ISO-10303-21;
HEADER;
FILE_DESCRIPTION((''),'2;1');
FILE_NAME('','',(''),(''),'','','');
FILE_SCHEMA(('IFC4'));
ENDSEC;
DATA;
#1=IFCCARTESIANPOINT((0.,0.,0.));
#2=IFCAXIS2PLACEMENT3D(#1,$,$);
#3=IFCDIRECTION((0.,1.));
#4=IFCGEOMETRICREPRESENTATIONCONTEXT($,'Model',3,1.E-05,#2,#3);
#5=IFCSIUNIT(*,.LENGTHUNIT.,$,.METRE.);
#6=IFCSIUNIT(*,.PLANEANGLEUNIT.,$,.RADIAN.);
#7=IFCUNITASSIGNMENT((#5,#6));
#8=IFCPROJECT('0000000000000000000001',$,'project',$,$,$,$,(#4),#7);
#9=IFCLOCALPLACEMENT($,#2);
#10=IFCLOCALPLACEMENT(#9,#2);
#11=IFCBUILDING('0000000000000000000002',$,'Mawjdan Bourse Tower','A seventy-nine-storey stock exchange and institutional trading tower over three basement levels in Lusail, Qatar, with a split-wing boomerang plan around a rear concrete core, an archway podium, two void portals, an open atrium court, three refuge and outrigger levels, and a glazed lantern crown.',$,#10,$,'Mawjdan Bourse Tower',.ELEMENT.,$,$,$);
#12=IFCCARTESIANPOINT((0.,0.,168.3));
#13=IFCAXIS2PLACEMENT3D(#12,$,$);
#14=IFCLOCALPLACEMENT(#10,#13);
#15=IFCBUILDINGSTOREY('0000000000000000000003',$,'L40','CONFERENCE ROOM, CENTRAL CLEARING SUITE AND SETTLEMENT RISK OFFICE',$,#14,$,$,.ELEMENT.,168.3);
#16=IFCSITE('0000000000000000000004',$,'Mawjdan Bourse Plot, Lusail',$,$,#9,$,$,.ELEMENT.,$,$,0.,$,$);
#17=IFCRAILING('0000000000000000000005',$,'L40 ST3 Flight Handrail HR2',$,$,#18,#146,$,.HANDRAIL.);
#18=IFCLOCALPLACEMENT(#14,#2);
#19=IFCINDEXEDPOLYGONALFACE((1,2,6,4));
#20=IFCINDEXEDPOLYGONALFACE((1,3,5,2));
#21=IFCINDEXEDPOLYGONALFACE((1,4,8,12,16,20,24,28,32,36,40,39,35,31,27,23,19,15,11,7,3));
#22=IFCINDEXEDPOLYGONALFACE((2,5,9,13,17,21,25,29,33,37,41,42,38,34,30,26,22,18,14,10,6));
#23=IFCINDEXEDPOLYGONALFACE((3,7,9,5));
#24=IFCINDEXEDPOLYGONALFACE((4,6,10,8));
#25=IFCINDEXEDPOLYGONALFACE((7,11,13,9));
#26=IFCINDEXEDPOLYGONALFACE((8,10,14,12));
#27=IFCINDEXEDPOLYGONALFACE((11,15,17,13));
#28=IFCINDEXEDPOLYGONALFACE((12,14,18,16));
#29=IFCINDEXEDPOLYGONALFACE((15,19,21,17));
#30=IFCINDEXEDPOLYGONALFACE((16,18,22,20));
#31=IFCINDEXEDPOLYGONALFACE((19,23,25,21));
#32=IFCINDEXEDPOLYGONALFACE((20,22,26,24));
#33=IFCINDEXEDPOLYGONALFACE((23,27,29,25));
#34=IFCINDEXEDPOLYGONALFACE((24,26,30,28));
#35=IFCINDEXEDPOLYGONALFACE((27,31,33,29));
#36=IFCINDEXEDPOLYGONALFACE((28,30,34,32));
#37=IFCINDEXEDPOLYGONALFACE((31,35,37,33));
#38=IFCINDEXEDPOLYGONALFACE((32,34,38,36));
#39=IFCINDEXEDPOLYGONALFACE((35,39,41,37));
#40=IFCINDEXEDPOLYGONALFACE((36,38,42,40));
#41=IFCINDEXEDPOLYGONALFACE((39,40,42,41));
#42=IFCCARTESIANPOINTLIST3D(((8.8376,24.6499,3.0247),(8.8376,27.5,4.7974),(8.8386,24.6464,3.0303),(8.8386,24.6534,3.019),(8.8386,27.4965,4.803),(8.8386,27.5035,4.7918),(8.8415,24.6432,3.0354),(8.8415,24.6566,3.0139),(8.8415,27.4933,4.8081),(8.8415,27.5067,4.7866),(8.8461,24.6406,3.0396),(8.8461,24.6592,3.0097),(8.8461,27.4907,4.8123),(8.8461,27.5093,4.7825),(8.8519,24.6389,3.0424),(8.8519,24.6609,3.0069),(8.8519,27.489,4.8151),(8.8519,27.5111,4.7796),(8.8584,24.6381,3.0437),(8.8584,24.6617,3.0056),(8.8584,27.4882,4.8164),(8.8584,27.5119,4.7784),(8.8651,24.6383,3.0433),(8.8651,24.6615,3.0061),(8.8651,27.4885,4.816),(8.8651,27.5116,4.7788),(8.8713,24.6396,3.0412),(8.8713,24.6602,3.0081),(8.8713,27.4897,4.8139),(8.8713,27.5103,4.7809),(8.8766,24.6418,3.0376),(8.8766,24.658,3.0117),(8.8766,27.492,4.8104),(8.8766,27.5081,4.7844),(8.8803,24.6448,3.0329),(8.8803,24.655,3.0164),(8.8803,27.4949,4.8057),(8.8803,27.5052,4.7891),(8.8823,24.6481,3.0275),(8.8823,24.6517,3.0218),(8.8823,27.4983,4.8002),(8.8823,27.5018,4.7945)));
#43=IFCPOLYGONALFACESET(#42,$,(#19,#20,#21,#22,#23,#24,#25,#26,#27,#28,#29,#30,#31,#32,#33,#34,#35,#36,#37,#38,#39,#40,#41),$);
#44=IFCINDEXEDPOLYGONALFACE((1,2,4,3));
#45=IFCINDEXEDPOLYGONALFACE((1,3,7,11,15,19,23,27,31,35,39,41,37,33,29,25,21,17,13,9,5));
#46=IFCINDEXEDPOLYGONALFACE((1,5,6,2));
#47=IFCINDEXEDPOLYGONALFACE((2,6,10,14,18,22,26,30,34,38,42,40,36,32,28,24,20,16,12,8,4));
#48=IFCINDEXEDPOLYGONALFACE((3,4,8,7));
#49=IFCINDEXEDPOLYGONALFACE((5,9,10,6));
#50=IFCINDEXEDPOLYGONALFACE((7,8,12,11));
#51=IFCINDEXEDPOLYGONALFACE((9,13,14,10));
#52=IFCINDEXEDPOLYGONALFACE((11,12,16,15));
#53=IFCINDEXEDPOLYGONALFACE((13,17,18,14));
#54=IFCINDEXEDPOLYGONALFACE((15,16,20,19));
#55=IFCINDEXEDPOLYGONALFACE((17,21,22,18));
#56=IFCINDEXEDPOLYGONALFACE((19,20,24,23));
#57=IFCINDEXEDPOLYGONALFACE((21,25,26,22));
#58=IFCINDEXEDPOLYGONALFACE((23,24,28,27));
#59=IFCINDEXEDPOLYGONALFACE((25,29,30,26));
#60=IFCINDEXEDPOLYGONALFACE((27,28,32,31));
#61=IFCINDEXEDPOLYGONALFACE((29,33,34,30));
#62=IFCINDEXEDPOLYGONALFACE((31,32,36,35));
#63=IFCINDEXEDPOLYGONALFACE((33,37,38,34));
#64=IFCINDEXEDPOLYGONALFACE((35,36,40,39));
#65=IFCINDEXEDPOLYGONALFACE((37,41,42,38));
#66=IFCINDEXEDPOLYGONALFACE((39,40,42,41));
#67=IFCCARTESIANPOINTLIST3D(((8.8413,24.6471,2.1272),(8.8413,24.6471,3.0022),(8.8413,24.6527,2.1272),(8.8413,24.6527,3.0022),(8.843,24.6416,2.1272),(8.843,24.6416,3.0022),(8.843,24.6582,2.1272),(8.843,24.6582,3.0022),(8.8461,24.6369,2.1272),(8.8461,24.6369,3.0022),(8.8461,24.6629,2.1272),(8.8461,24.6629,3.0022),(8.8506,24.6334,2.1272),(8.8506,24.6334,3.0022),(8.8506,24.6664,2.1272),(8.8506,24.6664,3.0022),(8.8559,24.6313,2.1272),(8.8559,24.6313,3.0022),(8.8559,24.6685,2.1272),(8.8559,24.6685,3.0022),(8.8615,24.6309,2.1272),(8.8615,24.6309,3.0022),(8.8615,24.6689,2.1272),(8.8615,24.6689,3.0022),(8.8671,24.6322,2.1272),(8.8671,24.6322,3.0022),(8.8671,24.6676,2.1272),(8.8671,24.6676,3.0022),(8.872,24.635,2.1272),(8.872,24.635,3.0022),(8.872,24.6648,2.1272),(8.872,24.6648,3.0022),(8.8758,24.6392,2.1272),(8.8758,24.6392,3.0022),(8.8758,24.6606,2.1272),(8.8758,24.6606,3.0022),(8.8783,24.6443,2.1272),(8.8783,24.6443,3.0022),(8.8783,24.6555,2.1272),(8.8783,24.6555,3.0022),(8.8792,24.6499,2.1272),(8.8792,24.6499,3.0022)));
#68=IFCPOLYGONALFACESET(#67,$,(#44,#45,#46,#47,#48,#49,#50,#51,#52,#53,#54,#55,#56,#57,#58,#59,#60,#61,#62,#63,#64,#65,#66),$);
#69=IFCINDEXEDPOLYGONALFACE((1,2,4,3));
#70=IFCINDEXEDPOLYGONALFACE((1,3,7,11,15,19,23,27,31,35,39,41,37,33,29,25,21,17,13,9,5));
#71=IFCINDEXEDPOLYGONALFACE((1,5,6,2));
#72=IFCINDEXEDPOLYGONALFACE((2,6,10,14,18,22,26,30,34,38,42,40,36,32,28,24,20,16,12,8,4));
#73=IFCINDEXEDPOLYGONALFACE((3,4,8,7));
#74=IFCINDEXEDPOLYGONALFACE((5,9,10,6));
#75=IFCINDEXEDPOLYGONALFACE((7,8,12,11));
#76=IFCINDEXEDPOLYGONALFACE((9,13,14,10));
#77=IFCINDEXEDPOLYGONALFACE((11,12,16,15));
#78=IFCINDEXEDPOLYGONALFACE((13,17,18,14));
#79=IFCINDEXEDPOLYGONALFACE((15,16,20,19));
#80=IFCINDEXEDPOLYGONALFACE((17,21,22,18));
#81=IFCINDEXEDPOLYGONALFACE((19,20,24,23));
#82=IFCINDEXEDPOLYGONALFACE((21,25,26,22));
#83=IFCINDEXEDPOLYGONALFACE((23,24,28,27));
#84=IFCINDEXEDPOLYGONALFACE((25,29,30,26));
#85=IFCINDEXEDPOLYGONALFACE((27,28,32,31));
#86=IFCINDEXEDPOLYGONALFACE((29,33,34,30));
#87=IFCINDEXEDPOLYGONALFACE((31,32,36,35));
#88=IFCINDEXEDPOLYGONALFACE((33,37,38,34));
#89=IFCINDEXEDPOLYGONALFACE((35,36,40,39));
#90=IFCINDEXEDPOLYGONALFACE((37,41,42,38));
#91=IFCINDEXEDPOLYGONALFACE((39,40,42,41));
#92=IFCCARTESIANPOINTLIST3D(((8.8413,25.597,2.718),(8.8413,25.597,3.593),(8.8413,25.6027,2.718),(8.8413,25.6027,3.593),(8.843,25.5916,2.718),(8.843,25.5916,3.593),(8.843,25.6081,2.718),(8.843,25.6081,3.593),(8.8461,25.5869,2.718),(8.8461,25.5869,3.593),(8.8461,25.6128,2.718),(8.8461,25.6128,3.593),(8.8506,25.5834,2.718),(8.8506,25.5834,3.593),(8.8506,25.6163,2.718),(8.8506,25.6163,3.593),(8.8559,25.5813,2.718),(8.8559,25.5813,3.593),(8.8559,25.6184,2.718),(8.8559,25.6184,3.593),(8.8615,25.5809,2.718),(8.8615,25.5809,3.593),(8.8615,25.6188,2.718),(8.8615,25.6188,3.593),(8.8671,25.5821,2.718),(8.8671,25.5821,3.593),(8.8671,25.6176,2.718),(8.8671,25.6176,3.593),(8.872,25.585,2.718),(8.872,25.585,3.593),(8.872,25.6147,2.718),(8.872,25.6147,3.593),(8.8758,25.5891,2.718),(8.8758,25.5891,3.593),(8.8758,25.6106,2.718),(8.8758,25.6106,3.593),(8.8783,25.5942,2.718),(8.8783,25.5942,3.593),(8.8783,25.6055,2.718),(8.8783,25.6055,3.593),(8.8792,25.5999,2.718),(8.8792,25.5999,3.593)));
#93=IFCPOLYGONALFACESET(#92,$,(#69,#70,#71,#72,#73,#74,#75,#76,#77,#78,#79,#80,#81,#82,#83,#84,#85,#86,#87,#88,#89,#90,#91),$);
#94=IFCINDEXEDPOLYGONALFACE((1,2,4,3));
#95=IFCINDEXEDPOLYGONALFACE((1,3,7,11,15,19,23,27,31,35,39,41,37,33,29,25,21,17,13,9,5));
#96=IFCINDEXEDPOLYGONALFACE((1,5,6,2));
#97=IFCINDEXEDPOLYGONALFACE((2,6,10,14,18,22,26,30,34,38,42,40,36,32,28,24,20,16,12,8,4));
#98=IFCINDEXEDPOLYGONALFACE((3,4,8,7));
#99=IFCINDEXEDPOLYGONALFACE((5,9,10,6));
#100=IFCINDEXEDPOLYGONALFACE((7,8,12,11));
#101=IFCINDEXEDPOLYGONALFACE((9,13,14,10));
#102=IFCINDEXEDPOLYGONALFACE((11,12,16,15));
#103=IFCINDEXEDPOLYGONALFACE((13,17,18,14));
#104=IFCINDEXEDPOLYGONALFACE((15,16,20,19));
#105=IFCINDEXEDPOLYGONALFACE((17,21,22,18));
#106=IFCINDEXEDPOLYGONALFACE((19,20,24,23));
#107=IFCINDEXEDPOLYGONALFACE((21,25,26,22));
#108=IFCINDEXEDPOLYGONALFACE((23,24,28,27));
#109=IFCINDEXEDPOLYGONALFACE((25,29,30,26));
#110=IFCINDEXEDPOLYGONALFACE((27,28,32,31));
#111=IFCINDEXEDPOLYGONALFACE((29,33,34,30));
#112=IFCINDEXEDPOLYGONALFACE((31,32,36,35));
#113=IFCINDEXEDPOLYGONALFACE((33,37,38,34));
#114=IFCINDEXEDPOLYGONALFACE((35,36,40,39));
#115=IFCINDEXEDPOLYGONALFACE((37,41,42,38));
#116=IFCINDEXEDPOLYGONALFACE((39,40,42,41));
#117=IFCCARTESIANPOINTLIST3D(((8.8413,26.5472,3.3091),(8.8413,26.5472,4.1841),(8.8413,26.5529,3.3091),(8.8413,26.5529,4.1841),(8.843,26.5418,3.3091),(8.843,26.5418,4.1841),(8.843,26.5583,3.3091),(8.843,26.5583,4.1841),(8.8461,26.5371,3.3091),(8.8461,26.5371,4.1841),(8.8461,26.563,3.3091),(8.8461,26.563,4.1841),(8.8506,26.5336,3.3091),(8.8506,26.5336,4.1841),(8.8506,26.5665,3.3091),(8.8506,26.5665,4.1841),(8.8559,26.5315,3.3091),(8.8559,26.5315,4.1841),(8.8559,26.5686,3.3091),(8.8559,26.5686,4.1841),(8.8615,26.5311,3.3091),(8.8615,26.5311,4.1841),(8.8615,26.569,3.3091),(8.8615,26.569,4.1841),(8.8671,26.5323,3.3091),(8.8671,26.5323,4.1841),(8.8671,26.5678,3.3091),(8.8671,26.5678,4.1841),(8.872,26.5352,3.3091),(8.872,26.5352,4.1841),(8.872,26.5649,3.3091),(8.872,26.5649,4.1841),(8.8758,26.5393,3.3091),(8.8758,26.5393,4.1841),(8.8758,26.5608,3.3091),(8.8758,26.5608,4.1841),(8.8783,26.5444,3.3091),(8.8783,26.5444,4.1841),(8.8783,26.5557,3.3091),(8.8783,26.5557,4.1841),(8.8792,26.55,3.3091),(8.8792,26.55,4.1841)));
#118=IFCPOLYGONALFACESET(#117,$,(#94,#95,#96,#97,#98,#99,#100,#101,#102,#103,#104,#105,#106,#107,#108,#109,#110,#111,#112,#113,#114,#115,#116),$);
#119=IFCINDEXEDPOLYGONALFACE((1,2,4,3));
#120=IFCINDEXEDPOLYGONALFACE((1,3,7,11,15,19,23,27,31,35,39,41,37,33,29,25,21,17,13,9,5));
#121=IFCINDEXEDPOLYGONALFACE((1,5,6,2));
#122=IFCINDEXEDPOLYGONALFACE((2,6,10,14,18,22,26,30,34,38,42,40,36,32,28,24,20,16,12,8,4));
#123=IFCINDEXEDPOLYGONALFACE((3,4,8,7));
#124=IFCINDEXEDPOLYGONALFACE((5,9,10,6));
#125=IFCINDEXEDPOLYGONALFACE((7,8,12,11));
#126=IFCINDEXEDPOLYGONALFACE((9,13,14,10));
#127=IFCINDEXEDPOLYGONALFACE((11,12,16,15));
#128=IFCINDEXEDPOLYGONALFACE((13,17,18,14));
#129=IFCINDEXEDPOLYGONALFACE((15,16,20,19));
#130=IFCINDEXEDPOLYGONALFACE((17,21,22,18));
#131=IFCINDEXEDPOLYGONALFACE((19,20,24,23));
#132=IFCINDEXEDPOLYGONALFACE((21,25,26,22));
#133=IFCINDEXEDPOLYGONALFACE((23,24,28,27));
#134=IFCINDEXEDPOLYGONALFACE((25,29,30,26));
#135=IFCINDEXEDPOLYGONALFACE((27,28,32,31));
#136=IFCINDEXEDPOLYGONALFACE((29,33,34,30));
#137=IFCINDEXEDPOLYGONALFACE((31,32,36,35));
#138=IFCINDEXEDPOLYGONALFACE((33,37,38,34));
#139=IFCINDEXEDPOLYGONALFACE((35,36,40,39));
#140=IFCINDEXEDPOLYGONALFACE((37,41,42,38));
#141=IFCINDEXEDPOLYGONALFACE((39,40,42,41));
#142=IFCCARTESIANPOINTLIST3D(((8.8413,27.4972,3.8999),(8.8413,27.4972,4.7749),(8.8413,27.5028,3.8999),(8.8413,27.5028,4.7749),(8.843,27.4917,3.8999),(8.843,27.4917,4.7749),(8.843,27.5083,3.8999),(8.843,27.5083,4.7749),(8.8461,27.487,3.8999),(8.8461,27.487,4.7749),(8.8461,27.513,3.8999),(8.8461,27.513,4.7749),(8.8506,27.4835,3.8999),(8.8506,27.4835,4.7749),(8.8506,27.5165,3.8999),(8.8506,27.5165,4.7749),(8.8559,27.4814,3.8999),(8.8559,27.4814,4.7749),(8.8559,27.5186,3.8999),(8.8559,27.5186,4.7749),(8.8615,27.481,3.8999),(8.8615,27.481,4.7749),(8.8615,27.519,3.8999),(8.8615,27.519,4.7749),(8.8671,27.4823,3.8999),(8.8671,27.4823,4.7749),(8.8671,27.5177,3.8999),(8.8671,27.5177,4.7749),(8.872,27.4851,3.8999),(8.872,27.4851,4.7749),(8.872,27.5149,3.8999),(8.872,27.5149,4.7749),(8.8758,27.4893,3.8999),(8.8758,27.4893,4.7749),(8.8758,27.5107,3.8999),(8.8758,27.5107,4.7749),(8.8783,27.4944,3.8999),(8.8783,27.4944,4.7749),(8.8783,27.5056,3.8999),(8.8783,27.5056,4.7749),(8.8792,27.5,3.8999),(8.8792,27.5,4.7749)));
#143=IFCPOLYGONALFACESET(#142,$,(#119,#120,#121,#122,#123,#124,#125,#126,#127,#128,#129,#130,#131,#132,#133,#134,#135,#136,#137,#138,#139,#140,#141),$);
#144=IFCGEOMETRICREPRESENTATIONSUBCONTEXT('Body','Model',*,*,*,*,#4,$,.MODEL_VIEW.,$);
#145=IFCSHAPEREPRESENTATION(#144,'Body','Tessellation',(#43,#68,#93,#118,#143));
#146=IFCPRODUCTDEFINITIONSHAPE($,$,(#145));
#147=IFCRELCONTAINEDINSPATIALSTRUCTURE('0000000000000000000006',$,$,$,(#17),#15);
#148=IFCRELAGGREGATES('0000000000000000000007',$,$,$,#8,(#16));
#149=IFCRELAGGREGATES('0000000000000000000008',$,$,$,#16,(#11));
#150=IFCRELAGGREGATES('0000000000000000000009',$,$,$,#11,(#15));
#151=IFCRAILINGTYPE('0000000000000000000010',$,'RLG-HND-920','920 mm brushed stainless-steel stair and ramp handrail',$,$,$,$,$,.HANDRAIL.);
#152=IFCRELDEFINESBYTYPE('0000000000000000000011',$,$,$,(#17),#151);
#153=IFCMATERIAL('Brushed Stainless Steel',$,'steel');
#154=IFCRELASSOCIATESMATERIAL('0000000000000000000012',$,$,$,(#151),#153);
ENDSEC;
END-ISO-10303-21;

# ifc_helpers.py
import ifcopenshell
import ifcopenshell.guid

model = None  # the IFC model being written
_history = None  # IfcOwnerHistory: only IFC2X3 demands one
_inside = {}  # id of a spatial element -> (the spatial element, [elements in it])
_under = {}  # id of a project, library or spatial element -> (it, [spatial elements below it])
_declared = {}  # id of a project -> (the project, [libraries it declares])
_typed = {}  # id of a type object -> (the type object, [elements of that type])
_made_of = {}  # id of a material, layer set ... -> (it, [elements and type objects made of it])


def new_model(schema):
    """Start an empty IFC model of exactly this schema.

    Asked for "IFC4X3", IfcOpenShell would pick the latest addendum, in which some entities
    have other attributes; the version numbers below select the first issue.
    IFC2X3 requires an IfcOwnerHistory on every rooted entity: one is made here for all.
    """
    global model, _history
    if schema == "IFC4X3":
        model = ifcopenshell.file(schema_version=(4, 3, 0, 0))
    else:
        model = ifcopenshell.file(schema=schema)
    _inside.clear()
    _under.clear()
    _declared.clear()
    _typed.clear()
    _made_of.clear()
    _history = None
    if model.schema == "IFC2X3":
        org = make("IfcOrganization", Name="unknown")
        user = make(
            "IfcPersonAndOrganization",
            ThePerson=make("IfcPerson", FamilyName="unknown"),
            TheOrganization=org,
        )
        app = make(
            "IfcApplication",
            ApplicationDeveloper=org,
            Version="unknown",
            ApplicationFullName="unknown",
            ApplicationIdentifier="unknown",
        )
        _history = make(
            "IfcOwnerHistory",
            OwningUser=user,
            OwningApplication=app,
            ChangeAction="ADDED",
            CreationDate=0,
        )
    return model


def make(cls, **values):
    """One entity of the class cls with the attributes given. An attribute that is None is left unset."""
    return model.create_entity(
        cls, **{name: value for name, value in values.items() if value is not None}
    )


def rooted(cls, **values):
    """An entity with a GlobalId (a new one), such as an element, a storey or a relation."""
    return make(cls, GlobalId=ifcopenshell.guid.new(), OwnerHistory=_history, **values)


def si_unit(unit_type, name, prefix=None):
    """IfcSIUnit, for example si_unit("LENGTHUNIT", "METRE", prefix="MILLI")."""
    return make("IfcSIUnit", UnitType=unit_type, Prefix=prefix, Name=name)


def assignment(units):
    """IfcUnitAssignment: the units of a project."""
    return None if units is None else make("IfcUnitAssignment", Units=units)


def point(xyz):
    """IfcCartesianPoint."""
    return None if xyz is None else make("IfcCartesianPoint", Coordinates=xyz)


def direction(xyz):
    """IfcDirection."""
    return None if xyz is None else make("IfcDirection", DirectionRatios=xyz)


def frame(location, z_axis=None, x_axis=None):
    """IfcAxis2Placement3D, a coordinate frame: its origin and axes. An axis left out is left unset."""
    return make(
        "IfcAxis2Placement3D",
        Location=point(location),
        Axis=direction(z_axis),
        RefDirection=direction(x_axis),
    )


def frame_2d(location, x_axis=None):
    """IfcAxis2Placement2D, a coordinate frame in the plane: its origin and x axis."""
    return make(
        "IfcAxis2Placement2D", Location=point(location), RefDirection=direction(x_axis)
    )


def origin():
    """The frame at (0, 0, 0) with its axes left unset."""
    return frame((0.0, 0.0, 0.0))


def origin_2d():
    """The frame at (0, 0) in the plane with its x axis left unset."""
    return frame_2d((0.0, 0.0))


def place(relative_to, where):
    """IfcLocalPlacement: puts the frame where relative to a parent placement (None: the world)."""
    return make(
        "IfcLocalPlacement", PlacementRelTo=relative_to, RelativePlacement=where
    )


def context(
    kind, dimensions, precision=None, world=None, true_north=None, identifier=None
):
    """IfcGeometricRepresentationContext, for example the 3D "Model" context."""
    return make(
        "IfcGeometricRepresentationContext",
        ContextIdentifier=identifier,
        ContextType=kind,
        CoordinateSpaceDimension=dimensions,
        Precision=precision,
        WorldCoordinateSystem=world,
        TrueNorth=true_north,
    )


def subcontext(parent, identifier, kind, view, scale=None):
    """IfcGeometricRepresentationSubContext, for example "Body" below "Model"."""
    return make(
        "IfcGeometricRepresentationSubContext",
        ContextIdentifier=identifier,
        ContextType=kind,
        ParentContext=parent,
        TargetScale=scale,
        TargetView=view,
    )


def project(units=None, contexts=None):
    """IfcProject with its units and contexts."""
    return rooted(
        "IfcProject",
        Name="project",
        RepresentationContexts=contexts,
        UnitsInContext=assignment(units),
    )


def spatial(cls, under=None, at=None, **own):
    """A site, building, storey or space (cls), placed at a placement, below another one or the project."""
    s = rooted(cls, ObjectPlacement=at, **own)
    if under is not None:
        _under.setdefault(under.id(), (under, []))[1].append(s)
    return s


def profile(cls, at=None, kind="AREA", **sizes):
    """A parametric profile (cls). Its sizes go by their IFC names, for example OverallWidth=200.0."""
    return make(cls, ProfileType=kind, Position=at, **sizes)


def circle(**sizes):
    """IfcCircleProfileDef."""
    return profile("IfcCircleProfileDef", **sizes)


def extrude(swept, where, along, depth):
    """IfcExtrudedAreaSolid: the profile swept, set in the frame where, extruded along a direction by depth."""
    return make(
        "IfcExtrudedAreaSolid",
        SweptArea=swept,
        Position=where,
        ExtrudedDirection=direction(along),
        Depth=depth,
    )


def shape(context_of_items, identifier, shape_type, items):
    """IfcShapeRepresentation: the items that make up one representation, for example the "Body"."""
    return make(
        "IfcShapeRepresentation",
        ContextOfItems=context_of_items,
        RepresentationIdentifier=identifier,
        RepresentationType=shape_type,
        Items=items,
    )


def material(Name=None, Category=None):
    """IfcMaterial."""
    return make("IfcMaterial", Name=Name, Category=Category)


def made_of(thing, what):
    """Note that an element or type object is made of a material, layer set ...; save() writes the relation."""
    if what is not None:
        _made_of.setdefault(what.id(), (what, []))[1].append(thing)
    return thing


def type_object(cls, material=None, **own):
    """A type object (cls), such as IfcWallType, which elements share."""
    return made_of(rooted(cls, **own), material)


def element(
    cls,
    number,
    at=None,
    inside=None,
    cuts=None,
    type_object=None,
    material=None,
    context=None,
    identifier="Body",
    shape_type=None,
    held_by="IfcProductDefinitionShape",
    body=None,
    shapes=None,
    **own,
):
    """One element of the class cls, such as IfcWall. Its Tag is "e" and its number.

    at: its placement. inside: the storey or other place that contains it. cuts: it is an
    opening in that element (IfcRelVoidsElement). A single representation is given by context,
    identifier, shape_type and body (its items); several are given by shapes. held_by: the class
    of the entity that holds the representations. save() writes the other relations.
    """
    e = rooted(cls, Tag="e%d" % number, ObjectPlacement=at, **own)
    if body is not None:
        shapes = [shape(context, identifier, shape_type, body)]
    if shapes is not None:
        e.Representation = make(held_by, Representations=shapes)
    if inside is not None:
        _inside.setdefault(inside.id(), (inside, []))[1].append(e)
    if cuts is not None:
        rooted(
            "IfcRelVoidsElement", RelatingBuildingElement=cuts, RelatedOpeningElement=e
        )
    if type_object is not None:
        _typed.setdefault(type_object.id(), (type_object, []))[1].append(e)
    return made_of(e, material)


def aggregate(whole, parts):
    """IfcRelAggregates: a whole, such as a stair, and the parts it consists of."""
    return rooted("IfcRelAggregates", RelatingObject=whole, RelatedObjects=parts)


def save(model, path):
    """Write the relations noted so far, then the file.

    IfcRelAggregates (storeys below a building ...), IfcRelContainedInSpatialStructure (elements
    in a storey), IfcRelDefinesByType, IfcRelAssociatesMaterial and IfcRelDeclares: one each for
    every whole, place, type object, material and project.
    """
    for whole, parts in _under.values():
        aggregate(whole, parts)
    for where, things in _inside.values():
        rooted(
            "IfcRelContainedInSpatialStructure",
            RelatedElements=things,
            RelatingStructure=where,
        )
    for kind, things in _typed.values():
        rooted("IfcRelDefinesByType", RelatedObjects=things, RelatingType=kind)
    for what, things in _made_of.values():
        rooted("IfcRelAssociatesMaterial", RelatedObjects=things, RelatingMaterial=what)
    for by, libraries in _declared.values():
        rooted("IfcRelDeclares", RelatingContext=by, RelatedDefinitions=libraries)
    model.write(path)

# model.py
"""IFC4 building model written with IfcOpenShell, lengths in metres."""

from ifc_helpers import new_model, si_unit, direction, frame, origin, origin_2d, place, context, subcontext, project, spatial, circle, extrude, material, type_object, element, save


model = new_model("IFC4")

# Units and contexts
model_context = context("Model", 3, precision=1e-05, world=origin(), true_north=direction((0.0, 1.0)))
body_context = subcontext(model_context, "Body", "Model", "MODEL_VIEW")
ifc_project = project(units=[si_unit("LENGTHUNIT", "METRE"), si_unit("PLANEANGLEUNIT", "RADIAN")], contexts=[model_context])

# Site, building, storey
site_placement = place(None, origin())
site = spatial("IfcSite", under=ifc_project, at=site_placement, Name="Mawjdan Bourse Plot, Lusail", CompositionType="ELEMENT", RefElevation=0.0)
building_placement = place(site_placement, origin())
building = spatial("IfcBuilding", under=site, at=building_placement, Name="Mawjdan Bourse Tower", Description="A seventy-nine-storey stock exchange and institutional trading tower over three basement levels in Lusail, Qatar, with a split-wing boomerang plan around a rear concrete core, an archway podium, two void portals, an open atrium court, three refuge and outrigger levels, and a glazed lantern crown.", LongName="Mawjdan Bourse Tower", CompositionType="ELEMENT")
storey_placement = place(building_placement, frame((0.0, 0.0, 168.3)))
storey = spatial("IfcBuildingStorey", under=building, at=storey_placement, Name="L40", Description="CONFERENCE ROOM, CENTRAL CLEARING SUITE AND SETTLEMENT RISK OFFICE", CompositionType="ELEMENT", Elevation=168.3)

# Railing
ifc_material_1 = material(Name="Brushed Stainless Steel", Category="steel")
railing_type_1 = type_object("IfcRailingType", Name="RLG-HND-920", Description="920 mm brushed stainless-steel stair and ramp handrail", PredefinedType="HANDRAIL", material=ifc_material_1)
railing_1_placement = place(storey_placement, frame((8.8601, 24.6499, 2.1272)))
element("IfcRailing", 1, at=railing_1_placement, inside=storey, type_object=railing_type_1, Name="L40 ST3 Flight Handrail HR2", PredefinedType="HANDRAIL", context=body_context, shape_type="SweptSolid", body=[
    extrude(circle(Radius=0.0225, at=origin_2d()), frame((0.0, 0.0, 0.8975), z_axis=(0.0, 0.849149, 0.528154), x_axis=(-1.0, 0.0, 0.0)), (0.0, 0.0, 1.0), 3.3564),
    extrude(circle(Radius=0.019, at=origin_2d()), origin(), (0.0, 0.0, 1.0), 0.875),
    extrude(circle(Radius=0.019, at=origin_2d()), frame((0.0, 0.95, 0.5908)), (0.0, 0.0, 1.0), 0.875),
    extrude(circle(Radius=0.019, at=origin_2d()), frame((0.0, 1.9001, 1.1819)), (0.0, 0.0, 1.0), 0.875),
    extrude(circle(Radius=0.019, at=origin_2d()), frame((0.0, 2.8501, 1.7727)), (0.0, 0.0, 1.0), 0.875),
])

save(model, "model.ifc")
